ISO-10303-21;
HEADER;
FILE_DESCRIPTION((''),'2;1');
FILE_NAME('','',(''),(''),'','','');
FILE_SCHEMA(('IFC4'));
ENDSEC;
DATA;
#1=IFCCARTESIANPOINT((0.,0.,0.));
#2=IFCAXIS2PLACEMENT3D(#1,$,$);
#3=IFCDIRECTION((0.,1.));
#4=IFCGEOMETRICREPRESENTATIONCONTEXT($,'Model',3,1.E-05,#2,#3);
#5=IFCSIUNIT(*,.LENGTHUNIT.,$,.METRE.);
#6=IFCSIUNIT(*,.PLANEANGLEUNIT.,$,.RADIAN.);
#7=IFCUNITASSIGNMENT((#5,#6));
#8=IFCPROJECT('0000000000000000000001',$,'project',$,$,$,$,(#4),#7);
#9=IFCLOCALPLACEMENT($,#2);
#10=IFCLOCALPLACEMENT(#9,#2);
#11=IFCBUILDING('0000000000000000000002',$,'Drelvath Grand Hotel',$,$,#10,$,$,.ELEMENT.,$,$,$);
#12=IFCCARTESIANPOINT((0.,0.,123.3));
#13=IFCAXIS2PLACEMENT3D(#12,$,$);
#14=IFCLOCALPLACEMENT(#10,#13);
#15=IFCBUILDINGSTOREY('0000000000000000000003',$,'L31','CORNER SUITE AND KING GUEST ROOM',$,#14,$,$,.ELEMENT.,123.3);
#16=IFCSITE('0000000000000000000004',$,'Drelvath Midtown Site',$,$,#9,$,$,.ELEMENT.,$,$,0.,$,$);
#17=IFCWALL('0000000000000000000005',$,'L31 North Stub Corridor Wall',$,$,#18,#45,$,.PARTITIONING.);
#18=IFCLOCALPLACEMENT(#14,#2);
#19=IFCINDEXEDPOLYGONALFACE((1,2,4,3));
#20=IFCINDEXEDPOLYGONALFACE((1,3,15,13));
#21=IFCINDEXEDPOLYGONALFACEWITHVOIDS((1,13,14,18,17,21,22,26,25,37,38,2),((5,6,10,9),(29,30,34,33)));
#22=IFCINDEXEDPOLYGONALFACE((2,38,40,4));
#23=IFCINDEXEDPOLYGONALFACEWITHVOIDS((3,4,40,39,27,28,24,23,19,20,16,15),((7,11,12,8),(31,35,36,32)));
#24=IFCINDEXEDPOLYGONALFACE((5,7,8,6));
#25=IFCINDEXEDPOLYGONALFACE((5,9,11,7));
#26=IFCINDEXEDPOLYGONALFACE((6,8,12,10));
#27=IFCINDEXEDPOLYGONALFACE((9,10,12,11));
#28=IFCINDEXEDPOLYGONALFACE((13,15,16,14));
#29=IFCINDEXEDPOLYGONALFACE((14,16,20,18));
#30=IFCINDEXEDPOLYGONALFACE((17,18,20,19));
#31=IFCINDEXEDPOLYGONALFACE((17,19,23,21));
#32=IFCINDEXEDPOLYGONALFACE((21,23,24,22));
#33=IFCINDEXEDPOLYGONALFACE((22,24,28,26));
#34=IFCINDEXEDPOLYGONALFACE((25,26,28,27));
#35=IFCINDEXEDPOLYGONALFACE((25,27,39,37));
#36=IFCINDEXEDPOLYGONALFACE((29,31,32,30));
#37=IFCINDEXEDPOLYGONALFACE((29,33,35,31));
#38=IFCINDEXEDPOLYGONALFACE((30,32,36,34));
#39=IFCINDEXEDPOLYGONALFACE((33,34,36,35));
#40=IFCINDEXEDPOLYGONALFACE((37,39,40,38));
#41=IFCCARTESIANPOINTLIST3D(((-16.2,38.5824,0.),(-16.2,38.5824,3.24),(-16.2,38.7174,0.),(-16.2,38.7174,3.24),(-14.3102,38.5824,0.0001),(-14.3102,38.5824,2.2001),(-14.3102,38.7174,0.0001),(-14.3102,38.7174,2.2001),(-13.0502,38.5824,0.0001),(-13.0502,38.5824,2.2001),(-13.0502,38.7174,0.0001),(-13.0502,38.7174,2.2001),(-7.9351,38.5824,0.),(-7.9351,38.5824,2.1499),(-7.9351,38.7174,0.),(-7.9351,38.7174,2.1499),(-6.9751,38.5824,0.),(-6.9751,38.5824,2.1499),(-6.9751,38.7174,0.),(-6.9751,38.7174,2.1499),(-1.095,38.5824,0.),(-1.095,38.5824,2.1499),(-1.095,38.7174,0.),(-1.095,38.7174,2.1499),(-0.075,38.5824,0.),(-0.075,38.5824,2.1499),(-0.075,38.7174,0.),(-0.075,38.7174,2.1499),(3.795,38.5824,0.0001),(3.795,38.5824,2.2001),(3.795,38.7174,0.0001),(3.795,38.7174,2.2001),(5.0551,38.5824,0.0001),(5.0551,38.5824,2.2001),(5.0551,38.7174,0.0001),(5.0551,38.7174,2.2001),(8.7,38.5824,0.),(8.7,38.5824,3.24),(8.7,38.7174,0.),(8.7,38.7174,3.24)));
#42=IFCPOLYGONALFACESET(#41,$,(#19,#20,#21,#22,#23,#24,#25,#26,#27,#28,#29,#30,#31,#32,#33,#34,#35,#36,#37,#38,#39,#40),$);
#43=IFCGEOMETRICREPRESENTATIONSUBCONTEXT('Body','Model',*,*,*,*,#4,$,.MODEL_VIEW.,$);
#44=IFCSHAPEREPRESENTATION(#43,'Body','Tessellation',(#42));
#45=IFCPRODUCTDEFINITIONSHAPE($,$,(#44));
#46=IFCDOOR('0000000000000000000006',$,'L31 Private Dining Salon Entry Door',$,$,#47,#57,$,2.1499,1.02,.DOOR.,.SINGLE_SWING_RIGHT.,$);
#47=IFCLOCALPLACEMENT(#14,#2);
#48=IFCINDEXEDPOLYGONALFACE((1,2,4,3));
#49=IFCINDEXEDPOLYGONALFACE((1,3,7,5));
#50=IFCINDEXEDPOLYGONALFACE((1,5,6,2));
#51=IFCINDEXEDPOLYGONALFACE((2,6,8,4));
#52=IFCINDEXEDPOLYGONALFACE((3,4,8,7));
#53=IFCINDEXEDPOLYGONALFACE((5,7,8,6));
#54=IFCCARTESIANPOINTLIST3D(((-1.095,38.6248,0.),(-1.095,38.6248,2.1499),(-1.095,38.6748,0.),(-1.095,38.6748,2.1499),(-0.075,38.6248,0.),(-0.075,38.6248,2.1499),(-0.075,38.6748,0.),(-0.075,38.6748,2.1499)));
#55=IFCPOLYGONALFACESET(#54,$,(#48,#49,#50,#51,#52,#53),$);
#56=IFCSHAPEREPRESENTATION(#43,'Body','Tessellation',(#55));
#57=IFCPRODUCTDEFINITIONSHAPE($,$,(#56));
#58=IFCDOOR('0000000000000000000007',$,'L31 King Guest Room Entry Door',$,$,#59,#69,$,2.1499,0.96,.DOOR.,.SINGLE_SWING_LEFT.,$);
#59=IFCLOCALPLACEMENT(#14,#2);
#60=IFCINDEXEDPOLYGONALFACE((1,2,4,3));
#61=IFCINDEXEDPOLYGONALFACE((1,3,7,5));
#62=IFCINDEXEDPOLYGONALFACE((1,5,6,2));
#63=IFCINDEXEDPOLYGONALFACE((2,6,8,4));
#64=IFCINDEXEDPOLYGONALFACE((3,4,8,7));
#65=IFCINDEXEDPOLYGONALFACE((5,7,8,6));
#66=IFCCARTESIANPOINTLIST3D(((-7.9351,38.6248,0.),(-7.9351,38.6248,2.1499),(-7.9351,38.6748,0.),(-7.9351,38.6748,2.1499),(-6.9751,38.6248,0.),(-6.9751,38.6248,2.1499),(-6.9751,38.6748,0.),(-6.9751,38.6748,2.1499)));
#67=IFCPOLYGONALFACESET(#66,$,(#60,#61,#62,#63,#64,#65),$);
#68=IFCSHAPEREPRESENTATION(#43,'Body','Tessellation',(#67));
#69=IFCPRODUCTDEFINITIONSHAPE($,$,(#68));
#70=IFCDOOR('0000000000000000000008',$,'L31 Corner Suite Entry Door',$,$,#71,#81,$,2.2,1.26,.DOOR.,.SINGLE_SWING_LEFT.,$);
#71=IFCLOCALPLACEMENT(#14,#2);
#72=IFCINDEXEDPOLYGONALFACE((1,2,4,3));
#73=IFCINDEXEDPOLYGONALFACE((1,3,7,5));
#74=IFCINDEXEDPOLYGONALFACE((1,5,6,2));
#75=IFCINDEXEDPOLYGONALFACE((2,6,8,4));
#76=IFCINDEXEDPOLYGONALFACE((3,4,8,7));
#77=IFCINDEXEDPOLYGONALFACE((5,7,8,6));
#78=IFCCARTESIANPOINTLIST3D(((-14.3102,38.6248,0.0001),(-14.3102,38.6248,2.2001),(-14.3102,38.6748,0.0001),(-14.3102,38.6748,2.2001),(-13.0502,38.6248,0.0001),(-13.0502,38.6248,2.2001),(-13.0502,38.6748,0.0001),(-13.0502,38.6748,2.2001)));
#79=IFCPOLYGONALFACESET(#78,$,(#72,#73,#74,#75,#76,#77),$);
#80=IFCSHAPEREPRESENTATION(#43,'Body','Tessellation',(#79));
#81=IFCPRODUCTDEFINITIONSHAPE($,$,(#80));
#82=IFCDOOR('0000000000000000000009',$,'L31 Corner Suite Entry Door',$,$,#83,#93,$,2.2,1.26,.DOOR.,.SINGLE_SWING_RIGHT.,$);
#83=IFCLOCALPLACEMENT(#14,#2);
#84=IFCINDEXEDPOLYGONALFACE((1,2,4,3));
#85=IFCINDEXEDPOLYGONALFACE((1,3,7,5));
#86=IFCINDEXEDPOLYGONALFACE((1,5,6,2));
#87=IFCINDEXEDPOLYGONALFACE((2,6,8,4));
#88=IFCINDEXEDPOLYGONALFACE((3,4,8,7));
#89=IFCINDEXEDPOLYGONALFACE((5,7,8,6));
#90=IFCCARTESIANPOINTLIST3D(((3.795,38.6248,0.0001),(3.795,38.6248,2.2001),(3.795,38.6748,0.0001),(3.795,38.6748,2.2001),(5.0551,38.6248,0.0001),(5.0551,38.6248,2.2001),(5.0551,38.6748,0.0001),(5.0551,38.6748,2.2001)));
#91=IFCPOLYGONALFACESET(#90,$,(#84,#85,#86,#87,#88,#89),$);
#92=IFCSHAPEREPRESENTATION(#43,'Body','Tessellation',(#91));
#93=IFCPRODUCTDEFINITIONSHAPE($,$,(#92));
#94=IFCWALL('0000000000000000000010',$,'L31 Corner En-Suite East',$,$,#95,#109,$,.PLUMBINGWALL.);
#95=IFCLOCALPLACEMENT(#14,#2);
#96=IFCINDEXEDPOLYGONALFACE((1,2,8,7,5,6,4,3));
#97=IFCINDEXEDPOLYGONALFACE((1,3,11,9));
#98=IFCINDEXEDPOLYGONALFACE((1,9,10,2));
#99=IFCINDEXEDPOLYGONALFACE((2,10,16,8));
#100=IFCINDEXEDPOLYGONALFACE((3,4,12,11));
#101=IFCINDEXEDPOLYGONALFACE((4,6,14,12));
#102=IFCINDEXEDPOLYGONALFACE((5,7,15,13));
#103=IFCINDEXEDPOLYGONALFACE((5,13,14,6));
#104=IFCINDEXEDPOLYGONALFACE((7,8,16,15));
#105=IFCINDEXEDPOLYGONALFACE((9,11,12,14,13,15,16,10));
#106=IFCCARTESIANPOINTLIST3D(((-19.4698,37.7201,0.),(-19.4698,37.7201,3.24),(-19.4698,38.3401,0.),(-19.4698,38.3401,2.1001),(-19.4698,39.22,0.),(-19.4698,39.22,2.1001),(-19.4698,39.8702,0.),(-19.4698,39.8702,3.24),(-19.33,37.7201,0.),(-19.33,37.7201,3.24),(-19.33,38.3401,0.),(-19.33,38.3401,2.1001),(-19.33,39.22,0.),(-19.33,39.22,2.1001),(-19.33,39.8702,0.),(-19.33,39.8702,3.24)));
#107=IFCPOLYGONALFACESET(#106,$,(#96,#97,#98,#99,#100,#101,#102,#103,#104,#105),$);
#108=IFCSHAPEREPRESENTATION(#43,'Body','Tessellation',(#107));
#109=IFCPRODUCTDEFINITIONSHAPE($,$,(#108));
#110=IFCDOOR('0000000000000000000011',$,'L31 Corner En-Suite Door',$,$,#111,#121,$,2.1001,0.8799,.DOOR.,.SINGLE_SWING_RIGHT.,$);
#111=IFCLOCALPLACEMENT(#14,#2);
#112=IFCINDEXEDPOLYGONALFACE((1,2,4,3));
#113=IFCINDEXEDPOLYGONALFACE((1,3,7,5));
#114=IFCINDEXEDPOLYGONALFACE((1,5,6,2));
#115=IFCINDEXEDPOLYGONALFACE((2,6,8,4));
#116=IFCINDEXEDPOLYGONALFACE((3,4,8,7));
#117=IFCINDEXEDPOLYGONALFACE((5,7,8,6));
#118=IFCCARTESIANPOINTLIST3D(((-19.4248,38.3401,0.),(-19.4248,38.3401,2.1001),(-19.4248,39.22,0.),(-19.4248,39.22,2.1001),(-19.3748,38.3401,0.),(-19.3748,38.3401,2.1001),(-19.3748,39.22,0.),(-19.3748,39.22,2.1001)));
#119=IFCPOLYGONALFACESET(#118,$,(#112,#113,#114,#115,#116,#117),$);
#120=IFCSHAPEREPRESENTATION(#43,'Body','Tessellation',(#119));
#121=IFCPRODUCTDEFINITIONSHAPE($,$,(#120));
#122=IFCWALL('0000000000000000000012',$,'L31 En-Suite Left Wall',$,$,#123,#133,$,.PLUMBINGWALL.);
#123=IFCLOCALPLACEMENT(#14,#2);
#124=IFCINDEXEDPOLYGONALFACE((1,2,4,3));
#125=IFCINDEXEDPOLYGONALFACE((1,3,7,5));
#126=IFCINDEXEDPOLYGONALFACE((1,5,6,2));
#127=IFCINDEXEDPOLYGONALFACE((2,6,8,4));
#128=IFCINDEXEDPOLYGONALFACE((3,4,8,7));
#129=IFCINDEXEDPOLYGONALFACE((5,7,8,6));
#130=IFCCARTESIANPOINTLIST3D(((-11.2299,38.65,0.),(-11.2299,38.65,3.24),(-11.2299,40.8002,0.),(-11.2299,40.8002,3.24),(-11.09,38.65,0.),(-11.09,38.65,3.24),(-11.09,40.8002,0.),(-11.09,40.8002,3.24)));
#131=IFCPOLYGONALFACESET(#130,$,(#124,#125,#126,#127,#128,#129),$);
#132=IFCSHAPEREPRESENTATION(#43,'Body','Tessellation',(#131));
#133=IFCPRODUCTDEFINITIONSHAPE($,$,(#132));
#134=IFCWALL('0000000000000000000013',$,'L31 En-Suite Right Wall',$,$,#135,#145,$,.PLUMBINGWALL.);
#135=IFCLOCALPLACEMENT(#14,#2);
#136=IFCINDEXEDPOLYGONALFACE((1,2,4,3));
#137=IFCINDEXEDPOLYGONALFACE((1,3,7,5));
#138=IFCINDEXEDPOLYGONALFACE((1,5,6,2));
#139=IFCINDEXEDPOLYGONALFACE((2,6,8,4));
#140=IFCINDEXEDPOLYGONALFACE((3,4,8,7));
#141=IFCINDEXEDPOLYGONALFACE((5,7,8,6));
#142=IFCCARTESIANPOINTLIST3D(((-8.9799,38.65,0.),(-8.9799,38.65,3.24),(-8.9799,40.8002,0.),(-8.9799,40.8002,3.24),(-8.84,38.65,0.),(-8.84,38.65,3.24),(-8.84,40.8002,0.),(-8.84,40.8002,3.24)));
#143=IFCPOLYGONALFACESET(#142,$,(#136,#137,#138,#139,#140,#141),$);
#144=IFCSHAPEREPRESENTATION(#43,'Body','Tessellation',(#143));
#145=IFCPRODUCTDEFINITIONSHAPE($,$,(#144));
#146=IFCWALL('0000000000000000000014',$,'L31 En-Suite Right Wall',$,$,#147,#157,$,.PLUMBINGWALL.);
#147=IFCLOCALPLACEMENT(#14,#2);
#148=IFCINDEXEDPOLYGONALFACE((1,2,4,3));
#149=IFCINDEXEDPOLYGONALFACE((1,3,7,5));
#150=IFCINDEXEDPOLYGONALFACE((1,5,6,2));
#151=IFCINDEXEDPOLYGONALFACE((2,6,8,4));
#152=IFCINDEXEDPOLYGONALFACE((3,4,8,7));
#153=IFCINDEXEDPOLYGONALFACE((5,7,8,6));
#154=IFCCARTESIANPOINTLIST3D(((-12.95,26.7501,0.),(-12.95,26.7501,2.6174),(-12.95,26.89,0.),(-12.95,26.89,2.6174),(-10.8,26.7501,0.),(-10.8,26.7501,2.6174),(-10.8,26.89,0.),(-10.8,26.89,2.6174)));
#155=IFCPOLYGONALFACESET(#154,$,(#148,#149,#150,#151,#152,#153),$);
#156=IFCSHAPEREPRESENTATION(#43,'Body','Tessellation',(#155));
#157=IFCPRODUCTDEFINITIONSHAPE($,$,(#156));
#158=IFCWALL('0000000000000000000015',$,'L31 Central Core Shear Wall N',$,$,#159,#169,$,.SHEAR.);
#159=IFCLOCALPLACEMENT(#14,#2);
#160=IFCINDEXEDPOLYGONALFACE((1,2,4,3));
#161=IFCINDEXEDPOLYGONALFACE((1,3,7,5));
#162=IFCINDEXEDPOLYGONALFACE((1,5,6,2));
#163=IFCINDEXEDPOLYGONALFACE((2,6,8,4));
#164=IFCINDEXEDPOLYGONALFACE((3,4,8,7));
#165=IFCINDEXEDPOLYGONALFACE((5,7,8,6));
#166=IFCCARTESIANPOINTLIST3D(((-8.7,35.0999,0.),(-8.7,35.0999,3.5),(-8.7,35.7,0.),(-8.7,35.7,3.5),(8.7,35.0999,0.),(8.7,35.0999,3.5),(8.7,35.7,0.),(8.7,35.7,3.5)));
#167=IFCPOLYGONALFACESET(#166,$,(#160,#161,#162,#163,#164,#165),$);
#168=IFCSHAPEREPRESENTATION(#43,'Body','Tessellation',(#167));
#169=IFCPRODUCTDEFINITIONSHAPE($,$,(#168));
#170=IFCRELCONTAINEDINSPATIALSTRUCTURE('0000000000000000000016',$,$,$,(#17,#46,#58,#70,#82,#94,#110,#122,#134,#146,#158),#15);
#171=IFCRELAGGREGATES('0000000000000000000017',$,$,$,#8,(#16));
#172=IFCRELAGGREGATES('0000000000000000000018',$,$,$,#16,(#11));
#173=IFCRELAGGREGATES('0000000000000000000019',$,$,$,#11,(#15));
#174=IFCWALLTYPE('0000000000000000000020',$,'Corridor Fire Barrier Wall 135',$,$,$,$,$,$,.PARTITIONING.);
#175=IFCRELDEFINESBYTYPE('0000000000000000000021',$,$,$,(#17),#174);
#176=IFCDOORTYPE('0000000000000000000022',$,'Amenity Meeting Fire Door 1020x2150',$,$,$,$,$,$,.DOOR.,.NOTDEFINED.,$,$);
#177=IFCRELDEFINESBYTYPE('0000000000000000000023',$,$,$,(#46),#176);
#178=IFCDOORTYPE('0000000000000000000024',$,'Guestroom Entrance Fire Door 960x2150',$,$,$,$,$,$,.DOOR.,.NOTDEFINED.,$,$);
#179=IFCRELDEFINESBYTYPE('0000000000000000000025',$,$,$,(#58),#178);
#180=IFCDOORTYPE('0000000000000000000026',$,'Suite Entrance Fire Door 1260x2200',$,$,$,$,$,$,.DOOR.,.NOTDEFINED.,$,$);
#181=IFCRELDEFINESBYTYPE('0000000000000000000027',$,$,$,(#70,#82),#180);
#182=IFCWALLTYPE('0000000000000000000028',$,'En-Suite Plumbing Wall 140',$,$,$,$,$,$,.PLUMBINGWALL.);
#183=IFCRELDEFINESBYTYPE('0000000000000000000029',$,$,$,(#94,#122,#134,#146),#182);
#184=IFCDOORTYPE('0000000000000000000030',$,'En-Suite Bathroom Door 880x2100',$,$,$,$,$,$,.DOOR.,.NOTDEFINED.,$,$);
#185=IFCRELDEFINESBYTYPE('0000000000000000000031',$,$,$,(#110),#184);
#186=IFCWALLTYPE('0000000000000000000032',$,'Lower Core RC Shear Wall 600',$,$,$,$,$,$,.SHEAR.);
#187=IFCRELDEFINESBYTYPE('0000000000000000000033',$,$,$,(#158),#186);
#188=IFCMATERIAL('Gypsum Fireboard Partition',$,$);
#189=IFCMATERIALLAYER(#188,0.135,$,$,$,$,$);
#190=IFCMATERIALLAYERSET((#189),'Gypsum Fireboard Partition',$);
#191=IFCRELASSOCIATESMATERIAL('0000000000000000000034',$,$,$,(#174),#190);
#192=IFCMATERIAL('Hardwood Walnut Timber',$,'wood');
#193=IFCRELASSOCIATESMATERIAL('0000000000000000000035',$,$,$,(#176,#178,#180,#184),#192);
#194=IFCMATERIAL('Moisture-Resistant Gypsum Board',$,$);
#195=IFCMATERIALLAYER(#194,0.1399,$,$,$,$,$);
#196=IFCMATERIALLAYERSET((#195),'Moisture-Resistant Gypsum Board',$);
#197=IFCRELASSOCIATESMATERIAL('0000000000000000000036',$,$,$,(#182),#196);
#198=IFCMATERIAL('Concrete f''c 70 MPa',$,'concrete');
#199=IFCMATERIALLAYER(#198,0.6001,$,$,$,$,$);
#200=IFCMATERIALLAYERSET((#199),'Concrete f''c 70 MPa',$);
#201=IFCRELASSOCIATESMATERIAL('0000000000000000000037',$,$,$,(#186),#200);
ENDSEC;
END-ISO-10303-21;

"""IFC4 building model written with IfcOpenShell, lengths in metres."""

from ifc_helpers import new_model, si_unit, direction, frame, frame_2d, origin, place, context, subcontext, project, spatial, rectangle, extrude, material, layer, layer_set, type_object, element, fill, save


model = new_model("IFC4")

# Units and contexts
model_context = context("Model", 3, precision=1e-05, world=origin(), true_north=direction((0.0, 1.0)))
body_context = subcontext(model_context, "Body", "Model", "MODEL_VIEW")
ifc_project = project(units=[si_unit("LENGTHUNIT", "METRE"), si_unit("PLANEANGLEUNIT", "RADIAN")], contexts=[model_context])

# Site, building, storey
site_placement = place(None, origin())
site = spatial("IfcSite", under=ifc_project, at=site_placement, Name="Drelvath Midtown Site", CompositionType="ELEMENT", RefElevation=0.0)
building_placement = place(site_placement, origin())
building = spatial("IfcBuilding", under=site, at=building_placement, Name="Drelvath Grand Hotel", CompositionType="ELEMENT")
storey_placement = place(building_placement, frame((0.0, 0.0, 123.3)))
storey = spatial("IfcBuildingStorey", under=building, at=storey_placement, Name="L31", Description="CORNER SUITE AND KING GUEST ROOM", CompositionType="ELEMENT", Elevation=123.3)

# Shared definitions
ifc_material_1 = material(Name="Gypsum Fireboard Partition")
ifc_layer_1 = layer(ifc_material_1, 0.135)
ifc_layer_set_1 = layer_set([ifc_layer_1], Name="Gypsum Fireboard Partition")
wall_type_1 = type_object("IfcWallType", Name="Corridor Fire Barrier Wall 135", PredefinedType="PARTITIONING", material=ifc_layer_set_1)

# Wall, openings, doors
wall_1_placement = place(storey_placement, frame((-16.2, 38.6499, 0.0), z_axis=(0.0, 0.0, 1.0), x_axis=(1.0, 0.0, 0.0)))
wall_1 = element("IfcWall", 1, at=wall_1_placement, inside=storey, type_object=wall_type_1, Name="L31 North Stub Corridor Wall", PredefinedType="PARTITIONING", context=body_context, shape_type="SweptSolid", body=[
    extrude(rectangle(XDim=24.8999, YDim=0.135, at=frame_2d((12.45, 0.0))), origin(), (0.0, 0.0, 1.0), 3.24),
])
opening_1_placement = place(wall_1_placement, frame((1.8899, 0.0, 0.0)))
opening_1 = element("IfcOpeningElement", 2, at=opening_1_placement, cuts=wall_1, PredefinedType="OPENING", context=body_context, shape_type="SweptSolid", body=[
    extrude(rectangle(XDim=1.26, YDim=2.2, at=frame_2d((0.6299, 1.1001))), frame((0.0, 0.0774, 0.0), z_axis=(0.0, -1.0, 0.0), x_axis=(1.0, 0.0, 0.0)), (0.0, 0.0, 1.0), 0.155),
])
opening_2_placement = place(wall_1_placement, frame((8.2649, 0.0, 0.0)))
opening_2 = element("IfcOpeningElement", 3, at=opening_2_placement, cuts=wall_1, PredefinedType="OPENING", context=body_context, shape_type="SweptSolid", body=[
    extrude(rectangle(XDim=0.96, YDim=2.1499, at=frame_2d((0.48, 1.075))), frame((0.0, 0.0774, 0.0), z_axis=(0.0, -1.0, 0.0), x_axis=(1.0, 0.0, 0.0)), (0.0, 0.0, 1.0), 0.155),
])
opening_3_placement = place(wall_1_placement, frame((15.105, 0.0, 0.0)))
opening_3 = element("IfcOpeningElement", 4, at=opening_3_placement, cuts=wall_1, PredefinedType="OPENING", context=body_context, shape_type="SweptSolid", body=[
    extrude(rectangle(XDim=1.02, YDim=2.1499, at=frame_2d((0.51, 1.075))), frame((0.0, 0.0774, 0.0), z_axis=(0.0, -1.0, 0.0), x_axis=(1.0, 0.0, 0.0)), (0.0, 0.0, 1.0), 0.155),
])
opening_4_placement = place(wall_1_placement, frame((19.9951, 0.0, 0.0)))
opening_4 = element("IfcOpeningElement", 5, at=opening_4_placement, cuts=wall_1, PredefinedType="OPENING", context=body_context, shape_type="SweptSolid", body=[
    extrude(rectangle(XDim=1.26, YDim=2.2, at=frame_2d((0.6299, 1.1001))), frame((0.0, 0.0774, 0.0), z_axis=(0.0, -1.0, 0.0), x_axis=(1.0, 0.0, 0.0)), (0.0, 0.0, 1.0), 0.155),
])
ifc_material_2 = material(Name="Hardwood Walnut Timber", Category="wood")
door_type_1 = type_object("IfcDoorType", Name="Amenity Meeting Fire Door 1020x2150", OperationType="NOTDEFINED", PredefinedType="DOOR", material=ifc_material_2)
door_1_placement = place(opening_3_placement, origin())
door_1 = element("IfcDoor", 6, at=door_1_placement, inside=storey, type_object=door_type_1, Name="L31 Private Dining Salon Entry Door", OperationType="SINGLE_SWING_RIGHT", OverallHeight=2.1499, OverallWidth=1.02, PredefinedType="DOOR", context=body_context, shape_type="SweptSolid", body=[
    extrude(rectangle(XDim=1.02, YDim=2.1499, at=frame_2d((0.51, 1.075))), frame((0.0, 0.0249, 0.0), z_axis=(0.0, -1.0, 0.0), x_axis=(1.0, 0.0, 0.0)), (0.0, 0.0, 1.0), 0.05),
])
fill(opening_3, door_1)
door_type_2 = type_object("IfcDoorType", Name="Guestroom Entrance Fire Door 960x2150", OperationType="NOTDEFINED", PredefinedType="DOOR", material=ifc_material_2)
door_2_placement = place(opening_2_placement, origin())
door_2 = element("IfcDoor", 7, at=door_2_placement, inside=storey, type_object=door_type_2, Name="L31 King Guest Room Entry Door", OperationType="SINGLE_SWING_LEFT", OverallHeight=2.1499, OverallWidth=0.96, PredefinedType="DOOR", context=body_context, shape_type="SweptSolid", body=[
    extrude(rectangle(XDim=0.96, YDim=2.1499, at=frame_2d((0.48, 1.075))), frame((0.0, 0.0249, 0.0), z_axis=(0.0, -1.0, 0.0), x_axis=(1.0, 0.0, 0.0)), (0.0, 0.0, 1.0), 0.05),
])
fill(opening_2, door_2)
door_type_3 = type_object("IfcDoorType", Name="Suite Entrance Fire Door 1260x2200", OperationType="NOTDEFINED", PredefinedType="DOOR", material=ifc_material_2)
door_3_placement = place(opening_1_placement, origin())
door_3 = element("IfcDoor", 8, at=door_3_placement, inside=storey, type_object=door_type_3, Name="L31 Corner Suite Entry Door", OperationType="SINGLE_SWING_LEFT", OverallHeight=2.2, OverallWidth=1.26, PredefinedType="DOOR", context=body_context, shape_type="SweptSolid", body=[
    extrude(rectangle(XDim=1.26, YDim=2.2, at=frame_2d((0.6299, 1.1001))), frame((0.0, 0.0249, 0.0), z_axis=(0.0, -1.0, 0.0), x_axis=(1.0, 0.0, 0.0)), (0.0, 0.0, 1.0), 0.05),
])
fill(opening_1, door_3)
door_4_placement = place(opening_4_placement, origin())
door_4 = element("IfcDoor", 9, at=door_4_placement, inside=storey, type_object=door_type_3, Name="L31 Corner Suite Entry Door", OperationType="SINGLE_SWING_RIGHT", OverallHeight=2.2, OverallWidth=1.26, PredefinedType="DOOR", context=body_context, shape_type="SweptSolid", body=[
    extrude(rectangle(XDim=1.26, YDim=2.2, at=frame_2d((0.6299, 1.1001))), frame((0.0, 0.0249, 0.0), z_axis=(0.0, -1.0, 0.0), x_axis=(1.0, 0.0, 0.0)), (0.0, 0.0, 1.0), 0.05),
])
fill(opening_4, door_4)

# Wall, opening, door
ifc_material_3 = material(Name="Moisture-Resistant Gypsum Board")
ifc_layer_2 = layer(ifc_material_3, 0.1399)
ifc_layer_set_2 = layer_set([ifc_layer_2], Name="Moisture-Resistant Gypsum Board")
wall_type_2 = type_object("IfcWallType", Name="En-Suite Plumbing Wall 140", PredefinedType="PLUMBINGWALL", material=ifc_layer_set_2)
wall_2_placement = place(storey_placement, frame((-19.3999, 37.72, 0.0), z_axis=(0.0, 0.0, 1.0), x_axis=(0.0, 1.0, 0.0)))
wall_2 = element("IfcWall", 10, at=wall_2_placement, inside=storey, type_object=wall_type_2, Name="L31 Corner En-Suite East", PredefinedType="PLUMBINGWALL", context=body_context, shape_type="SweptSolid", body=[
    extrude(rectangle(XDim=2.1501, YDim=0.1399, at=frame_2d((1.0752, 0.0))), origin(), (0.0, 0.0, 1.0), 3.24),
])
opening_5_placement = place(wall_2_placement, frame((0.6201, 0.0, 0.0)))
opening_5 = element("IfcOpeningElement", 11, at=opening_5_placement, cuts=wall_2, PredefinedType="OPENING", context=body_context, shape_type="SweptSolid", body=[
    extrude(rectangle(XDim=0.8799, YDim=2.1001, at=frame_2d((0.4399, 1.05))), frame((0.0, 0.0798, 0.0), z_axis=(0.0, -1.0, 0.0), x_axis=(1.0, 0.0, 0.0)), (0.0, 0.0, 1.0), 0.1599),
])
door_type_4 = type_object("IfcDoorType", Name="En-Suite Bathroom Door 880x2100", OperationType="NOTDEFINED", PredefinedType="DOOR", material=ifc_material_2)
door_5_placement = place(opening_5_placement, origin())
door_5 = element("IfcDoor", 12, at=door_5_placement, inside=storey, type_object=door_type_4, Name="L31 Corner En-Suite Door", OperationType="SINGLE_SWING_RIGHT", OverallHeight=2.1001, OverallWidth=0.8799, PredefinedType="DOOR", context=body_context, shape_type="SweptSolid", body=[
    extrude(rectangle(XDim=0.8799, YDim=2.1001, at=frame_2d((0.4399, 1.05))), frame((0.0, 0.0249, 0.0), z_axis=(0.0, -1.0, 0.0), x_axis=(1.0, 0.0, 0.0)), (0.0, 0.0, 1.0), 0.05),
])
fill(opening_5, door_5)

# Walls
for number, where, z_axis, x_axis, name in (
    (13, (-11.1599, 38.6499, 0.0), (0.0, 0.0, 1.0), (0.0, 1.0, 0.0), "L31 En-Suite Left Wall"),
    (14, (-8.9099, 38.6499, 0.0), (0.0, 0.0, 1.0), (0.0, 1.0, 0.0), "L31 En-Suite Right Wall"),
):
    element("IfcWall", number, at=place(storey_placement, frame(where, z_axis=z_axis, x_axis=x_axis)), inside=storey, type_object=wall_type_2, Name=name, PredefinedType="PLUMBINGWALL", context=body_context, shape_type="SweptSolid", body=[
        extrude(rectangle(XDim=2.1501, YDim=0.1399, at=frame_2d((1.0752, 0.0))), origin(), (0.0, 0.0, 1.0), 3.24),
    ])
wall_3_placement = place(storey_placement, frame((-10.8, 26.8201, 0.0), z_axis=(0.0, 0.0, 1.0), x_axis=(-1.0, 0.0, 0.0)))
element("IfcWall", 15, at=wall_3_placement, inside=storey, type_object=wall_type_2, Name="L31 En-Suite Right Wall", PredefinedType="PLUMBINGWALL", context=body_context, shape_type="SweptSolid", body=[
    extrude(rectangle(XDim=2.1499, YDim=0.1399, at=frame_2d((1.075, 0.0))), origin(), (0.0, 0.0, 1.0), 2.6174),
])
ifc_material_4 = material(Name="Concrete f'c 70 MPa", Category="concrete")
ifc_layer_3 = layer(ifc_material_4, 0.6001)
ifc_layer_set_3 = layer_set([ifc_layer_3], Name="Concrete f'c 70 MPa")
wall_type_3 = type_object("IfcWallType", Name="Lower Core RC Shear Wall 600", PredefinedType="SHEAR", material=ifc_layer_set_3)
wall_4_placement = place(storey_placement, frame((-8.7, 35.3999, 0.0), z_axis=(0.0, 0.0, 1.0), x_axis=(1.0, 0.0, 0.0)))
element("IfcWall", 16, at=wall_4_placement, inside=storey, type_object=wall_type_3, Name="L31 Central Core Shear Wall N", PredefinedType="SHEAR", context=body_context, shape_type="SweptSolid", body=[
    extrude(rectangle(XDim=17.3999, YDim=0.6001, at=frame_2d((8.7, 0.0))), origin(), (0.0, 0.0, 1.0), 3.5),
])

save(model, "model.ifc")
